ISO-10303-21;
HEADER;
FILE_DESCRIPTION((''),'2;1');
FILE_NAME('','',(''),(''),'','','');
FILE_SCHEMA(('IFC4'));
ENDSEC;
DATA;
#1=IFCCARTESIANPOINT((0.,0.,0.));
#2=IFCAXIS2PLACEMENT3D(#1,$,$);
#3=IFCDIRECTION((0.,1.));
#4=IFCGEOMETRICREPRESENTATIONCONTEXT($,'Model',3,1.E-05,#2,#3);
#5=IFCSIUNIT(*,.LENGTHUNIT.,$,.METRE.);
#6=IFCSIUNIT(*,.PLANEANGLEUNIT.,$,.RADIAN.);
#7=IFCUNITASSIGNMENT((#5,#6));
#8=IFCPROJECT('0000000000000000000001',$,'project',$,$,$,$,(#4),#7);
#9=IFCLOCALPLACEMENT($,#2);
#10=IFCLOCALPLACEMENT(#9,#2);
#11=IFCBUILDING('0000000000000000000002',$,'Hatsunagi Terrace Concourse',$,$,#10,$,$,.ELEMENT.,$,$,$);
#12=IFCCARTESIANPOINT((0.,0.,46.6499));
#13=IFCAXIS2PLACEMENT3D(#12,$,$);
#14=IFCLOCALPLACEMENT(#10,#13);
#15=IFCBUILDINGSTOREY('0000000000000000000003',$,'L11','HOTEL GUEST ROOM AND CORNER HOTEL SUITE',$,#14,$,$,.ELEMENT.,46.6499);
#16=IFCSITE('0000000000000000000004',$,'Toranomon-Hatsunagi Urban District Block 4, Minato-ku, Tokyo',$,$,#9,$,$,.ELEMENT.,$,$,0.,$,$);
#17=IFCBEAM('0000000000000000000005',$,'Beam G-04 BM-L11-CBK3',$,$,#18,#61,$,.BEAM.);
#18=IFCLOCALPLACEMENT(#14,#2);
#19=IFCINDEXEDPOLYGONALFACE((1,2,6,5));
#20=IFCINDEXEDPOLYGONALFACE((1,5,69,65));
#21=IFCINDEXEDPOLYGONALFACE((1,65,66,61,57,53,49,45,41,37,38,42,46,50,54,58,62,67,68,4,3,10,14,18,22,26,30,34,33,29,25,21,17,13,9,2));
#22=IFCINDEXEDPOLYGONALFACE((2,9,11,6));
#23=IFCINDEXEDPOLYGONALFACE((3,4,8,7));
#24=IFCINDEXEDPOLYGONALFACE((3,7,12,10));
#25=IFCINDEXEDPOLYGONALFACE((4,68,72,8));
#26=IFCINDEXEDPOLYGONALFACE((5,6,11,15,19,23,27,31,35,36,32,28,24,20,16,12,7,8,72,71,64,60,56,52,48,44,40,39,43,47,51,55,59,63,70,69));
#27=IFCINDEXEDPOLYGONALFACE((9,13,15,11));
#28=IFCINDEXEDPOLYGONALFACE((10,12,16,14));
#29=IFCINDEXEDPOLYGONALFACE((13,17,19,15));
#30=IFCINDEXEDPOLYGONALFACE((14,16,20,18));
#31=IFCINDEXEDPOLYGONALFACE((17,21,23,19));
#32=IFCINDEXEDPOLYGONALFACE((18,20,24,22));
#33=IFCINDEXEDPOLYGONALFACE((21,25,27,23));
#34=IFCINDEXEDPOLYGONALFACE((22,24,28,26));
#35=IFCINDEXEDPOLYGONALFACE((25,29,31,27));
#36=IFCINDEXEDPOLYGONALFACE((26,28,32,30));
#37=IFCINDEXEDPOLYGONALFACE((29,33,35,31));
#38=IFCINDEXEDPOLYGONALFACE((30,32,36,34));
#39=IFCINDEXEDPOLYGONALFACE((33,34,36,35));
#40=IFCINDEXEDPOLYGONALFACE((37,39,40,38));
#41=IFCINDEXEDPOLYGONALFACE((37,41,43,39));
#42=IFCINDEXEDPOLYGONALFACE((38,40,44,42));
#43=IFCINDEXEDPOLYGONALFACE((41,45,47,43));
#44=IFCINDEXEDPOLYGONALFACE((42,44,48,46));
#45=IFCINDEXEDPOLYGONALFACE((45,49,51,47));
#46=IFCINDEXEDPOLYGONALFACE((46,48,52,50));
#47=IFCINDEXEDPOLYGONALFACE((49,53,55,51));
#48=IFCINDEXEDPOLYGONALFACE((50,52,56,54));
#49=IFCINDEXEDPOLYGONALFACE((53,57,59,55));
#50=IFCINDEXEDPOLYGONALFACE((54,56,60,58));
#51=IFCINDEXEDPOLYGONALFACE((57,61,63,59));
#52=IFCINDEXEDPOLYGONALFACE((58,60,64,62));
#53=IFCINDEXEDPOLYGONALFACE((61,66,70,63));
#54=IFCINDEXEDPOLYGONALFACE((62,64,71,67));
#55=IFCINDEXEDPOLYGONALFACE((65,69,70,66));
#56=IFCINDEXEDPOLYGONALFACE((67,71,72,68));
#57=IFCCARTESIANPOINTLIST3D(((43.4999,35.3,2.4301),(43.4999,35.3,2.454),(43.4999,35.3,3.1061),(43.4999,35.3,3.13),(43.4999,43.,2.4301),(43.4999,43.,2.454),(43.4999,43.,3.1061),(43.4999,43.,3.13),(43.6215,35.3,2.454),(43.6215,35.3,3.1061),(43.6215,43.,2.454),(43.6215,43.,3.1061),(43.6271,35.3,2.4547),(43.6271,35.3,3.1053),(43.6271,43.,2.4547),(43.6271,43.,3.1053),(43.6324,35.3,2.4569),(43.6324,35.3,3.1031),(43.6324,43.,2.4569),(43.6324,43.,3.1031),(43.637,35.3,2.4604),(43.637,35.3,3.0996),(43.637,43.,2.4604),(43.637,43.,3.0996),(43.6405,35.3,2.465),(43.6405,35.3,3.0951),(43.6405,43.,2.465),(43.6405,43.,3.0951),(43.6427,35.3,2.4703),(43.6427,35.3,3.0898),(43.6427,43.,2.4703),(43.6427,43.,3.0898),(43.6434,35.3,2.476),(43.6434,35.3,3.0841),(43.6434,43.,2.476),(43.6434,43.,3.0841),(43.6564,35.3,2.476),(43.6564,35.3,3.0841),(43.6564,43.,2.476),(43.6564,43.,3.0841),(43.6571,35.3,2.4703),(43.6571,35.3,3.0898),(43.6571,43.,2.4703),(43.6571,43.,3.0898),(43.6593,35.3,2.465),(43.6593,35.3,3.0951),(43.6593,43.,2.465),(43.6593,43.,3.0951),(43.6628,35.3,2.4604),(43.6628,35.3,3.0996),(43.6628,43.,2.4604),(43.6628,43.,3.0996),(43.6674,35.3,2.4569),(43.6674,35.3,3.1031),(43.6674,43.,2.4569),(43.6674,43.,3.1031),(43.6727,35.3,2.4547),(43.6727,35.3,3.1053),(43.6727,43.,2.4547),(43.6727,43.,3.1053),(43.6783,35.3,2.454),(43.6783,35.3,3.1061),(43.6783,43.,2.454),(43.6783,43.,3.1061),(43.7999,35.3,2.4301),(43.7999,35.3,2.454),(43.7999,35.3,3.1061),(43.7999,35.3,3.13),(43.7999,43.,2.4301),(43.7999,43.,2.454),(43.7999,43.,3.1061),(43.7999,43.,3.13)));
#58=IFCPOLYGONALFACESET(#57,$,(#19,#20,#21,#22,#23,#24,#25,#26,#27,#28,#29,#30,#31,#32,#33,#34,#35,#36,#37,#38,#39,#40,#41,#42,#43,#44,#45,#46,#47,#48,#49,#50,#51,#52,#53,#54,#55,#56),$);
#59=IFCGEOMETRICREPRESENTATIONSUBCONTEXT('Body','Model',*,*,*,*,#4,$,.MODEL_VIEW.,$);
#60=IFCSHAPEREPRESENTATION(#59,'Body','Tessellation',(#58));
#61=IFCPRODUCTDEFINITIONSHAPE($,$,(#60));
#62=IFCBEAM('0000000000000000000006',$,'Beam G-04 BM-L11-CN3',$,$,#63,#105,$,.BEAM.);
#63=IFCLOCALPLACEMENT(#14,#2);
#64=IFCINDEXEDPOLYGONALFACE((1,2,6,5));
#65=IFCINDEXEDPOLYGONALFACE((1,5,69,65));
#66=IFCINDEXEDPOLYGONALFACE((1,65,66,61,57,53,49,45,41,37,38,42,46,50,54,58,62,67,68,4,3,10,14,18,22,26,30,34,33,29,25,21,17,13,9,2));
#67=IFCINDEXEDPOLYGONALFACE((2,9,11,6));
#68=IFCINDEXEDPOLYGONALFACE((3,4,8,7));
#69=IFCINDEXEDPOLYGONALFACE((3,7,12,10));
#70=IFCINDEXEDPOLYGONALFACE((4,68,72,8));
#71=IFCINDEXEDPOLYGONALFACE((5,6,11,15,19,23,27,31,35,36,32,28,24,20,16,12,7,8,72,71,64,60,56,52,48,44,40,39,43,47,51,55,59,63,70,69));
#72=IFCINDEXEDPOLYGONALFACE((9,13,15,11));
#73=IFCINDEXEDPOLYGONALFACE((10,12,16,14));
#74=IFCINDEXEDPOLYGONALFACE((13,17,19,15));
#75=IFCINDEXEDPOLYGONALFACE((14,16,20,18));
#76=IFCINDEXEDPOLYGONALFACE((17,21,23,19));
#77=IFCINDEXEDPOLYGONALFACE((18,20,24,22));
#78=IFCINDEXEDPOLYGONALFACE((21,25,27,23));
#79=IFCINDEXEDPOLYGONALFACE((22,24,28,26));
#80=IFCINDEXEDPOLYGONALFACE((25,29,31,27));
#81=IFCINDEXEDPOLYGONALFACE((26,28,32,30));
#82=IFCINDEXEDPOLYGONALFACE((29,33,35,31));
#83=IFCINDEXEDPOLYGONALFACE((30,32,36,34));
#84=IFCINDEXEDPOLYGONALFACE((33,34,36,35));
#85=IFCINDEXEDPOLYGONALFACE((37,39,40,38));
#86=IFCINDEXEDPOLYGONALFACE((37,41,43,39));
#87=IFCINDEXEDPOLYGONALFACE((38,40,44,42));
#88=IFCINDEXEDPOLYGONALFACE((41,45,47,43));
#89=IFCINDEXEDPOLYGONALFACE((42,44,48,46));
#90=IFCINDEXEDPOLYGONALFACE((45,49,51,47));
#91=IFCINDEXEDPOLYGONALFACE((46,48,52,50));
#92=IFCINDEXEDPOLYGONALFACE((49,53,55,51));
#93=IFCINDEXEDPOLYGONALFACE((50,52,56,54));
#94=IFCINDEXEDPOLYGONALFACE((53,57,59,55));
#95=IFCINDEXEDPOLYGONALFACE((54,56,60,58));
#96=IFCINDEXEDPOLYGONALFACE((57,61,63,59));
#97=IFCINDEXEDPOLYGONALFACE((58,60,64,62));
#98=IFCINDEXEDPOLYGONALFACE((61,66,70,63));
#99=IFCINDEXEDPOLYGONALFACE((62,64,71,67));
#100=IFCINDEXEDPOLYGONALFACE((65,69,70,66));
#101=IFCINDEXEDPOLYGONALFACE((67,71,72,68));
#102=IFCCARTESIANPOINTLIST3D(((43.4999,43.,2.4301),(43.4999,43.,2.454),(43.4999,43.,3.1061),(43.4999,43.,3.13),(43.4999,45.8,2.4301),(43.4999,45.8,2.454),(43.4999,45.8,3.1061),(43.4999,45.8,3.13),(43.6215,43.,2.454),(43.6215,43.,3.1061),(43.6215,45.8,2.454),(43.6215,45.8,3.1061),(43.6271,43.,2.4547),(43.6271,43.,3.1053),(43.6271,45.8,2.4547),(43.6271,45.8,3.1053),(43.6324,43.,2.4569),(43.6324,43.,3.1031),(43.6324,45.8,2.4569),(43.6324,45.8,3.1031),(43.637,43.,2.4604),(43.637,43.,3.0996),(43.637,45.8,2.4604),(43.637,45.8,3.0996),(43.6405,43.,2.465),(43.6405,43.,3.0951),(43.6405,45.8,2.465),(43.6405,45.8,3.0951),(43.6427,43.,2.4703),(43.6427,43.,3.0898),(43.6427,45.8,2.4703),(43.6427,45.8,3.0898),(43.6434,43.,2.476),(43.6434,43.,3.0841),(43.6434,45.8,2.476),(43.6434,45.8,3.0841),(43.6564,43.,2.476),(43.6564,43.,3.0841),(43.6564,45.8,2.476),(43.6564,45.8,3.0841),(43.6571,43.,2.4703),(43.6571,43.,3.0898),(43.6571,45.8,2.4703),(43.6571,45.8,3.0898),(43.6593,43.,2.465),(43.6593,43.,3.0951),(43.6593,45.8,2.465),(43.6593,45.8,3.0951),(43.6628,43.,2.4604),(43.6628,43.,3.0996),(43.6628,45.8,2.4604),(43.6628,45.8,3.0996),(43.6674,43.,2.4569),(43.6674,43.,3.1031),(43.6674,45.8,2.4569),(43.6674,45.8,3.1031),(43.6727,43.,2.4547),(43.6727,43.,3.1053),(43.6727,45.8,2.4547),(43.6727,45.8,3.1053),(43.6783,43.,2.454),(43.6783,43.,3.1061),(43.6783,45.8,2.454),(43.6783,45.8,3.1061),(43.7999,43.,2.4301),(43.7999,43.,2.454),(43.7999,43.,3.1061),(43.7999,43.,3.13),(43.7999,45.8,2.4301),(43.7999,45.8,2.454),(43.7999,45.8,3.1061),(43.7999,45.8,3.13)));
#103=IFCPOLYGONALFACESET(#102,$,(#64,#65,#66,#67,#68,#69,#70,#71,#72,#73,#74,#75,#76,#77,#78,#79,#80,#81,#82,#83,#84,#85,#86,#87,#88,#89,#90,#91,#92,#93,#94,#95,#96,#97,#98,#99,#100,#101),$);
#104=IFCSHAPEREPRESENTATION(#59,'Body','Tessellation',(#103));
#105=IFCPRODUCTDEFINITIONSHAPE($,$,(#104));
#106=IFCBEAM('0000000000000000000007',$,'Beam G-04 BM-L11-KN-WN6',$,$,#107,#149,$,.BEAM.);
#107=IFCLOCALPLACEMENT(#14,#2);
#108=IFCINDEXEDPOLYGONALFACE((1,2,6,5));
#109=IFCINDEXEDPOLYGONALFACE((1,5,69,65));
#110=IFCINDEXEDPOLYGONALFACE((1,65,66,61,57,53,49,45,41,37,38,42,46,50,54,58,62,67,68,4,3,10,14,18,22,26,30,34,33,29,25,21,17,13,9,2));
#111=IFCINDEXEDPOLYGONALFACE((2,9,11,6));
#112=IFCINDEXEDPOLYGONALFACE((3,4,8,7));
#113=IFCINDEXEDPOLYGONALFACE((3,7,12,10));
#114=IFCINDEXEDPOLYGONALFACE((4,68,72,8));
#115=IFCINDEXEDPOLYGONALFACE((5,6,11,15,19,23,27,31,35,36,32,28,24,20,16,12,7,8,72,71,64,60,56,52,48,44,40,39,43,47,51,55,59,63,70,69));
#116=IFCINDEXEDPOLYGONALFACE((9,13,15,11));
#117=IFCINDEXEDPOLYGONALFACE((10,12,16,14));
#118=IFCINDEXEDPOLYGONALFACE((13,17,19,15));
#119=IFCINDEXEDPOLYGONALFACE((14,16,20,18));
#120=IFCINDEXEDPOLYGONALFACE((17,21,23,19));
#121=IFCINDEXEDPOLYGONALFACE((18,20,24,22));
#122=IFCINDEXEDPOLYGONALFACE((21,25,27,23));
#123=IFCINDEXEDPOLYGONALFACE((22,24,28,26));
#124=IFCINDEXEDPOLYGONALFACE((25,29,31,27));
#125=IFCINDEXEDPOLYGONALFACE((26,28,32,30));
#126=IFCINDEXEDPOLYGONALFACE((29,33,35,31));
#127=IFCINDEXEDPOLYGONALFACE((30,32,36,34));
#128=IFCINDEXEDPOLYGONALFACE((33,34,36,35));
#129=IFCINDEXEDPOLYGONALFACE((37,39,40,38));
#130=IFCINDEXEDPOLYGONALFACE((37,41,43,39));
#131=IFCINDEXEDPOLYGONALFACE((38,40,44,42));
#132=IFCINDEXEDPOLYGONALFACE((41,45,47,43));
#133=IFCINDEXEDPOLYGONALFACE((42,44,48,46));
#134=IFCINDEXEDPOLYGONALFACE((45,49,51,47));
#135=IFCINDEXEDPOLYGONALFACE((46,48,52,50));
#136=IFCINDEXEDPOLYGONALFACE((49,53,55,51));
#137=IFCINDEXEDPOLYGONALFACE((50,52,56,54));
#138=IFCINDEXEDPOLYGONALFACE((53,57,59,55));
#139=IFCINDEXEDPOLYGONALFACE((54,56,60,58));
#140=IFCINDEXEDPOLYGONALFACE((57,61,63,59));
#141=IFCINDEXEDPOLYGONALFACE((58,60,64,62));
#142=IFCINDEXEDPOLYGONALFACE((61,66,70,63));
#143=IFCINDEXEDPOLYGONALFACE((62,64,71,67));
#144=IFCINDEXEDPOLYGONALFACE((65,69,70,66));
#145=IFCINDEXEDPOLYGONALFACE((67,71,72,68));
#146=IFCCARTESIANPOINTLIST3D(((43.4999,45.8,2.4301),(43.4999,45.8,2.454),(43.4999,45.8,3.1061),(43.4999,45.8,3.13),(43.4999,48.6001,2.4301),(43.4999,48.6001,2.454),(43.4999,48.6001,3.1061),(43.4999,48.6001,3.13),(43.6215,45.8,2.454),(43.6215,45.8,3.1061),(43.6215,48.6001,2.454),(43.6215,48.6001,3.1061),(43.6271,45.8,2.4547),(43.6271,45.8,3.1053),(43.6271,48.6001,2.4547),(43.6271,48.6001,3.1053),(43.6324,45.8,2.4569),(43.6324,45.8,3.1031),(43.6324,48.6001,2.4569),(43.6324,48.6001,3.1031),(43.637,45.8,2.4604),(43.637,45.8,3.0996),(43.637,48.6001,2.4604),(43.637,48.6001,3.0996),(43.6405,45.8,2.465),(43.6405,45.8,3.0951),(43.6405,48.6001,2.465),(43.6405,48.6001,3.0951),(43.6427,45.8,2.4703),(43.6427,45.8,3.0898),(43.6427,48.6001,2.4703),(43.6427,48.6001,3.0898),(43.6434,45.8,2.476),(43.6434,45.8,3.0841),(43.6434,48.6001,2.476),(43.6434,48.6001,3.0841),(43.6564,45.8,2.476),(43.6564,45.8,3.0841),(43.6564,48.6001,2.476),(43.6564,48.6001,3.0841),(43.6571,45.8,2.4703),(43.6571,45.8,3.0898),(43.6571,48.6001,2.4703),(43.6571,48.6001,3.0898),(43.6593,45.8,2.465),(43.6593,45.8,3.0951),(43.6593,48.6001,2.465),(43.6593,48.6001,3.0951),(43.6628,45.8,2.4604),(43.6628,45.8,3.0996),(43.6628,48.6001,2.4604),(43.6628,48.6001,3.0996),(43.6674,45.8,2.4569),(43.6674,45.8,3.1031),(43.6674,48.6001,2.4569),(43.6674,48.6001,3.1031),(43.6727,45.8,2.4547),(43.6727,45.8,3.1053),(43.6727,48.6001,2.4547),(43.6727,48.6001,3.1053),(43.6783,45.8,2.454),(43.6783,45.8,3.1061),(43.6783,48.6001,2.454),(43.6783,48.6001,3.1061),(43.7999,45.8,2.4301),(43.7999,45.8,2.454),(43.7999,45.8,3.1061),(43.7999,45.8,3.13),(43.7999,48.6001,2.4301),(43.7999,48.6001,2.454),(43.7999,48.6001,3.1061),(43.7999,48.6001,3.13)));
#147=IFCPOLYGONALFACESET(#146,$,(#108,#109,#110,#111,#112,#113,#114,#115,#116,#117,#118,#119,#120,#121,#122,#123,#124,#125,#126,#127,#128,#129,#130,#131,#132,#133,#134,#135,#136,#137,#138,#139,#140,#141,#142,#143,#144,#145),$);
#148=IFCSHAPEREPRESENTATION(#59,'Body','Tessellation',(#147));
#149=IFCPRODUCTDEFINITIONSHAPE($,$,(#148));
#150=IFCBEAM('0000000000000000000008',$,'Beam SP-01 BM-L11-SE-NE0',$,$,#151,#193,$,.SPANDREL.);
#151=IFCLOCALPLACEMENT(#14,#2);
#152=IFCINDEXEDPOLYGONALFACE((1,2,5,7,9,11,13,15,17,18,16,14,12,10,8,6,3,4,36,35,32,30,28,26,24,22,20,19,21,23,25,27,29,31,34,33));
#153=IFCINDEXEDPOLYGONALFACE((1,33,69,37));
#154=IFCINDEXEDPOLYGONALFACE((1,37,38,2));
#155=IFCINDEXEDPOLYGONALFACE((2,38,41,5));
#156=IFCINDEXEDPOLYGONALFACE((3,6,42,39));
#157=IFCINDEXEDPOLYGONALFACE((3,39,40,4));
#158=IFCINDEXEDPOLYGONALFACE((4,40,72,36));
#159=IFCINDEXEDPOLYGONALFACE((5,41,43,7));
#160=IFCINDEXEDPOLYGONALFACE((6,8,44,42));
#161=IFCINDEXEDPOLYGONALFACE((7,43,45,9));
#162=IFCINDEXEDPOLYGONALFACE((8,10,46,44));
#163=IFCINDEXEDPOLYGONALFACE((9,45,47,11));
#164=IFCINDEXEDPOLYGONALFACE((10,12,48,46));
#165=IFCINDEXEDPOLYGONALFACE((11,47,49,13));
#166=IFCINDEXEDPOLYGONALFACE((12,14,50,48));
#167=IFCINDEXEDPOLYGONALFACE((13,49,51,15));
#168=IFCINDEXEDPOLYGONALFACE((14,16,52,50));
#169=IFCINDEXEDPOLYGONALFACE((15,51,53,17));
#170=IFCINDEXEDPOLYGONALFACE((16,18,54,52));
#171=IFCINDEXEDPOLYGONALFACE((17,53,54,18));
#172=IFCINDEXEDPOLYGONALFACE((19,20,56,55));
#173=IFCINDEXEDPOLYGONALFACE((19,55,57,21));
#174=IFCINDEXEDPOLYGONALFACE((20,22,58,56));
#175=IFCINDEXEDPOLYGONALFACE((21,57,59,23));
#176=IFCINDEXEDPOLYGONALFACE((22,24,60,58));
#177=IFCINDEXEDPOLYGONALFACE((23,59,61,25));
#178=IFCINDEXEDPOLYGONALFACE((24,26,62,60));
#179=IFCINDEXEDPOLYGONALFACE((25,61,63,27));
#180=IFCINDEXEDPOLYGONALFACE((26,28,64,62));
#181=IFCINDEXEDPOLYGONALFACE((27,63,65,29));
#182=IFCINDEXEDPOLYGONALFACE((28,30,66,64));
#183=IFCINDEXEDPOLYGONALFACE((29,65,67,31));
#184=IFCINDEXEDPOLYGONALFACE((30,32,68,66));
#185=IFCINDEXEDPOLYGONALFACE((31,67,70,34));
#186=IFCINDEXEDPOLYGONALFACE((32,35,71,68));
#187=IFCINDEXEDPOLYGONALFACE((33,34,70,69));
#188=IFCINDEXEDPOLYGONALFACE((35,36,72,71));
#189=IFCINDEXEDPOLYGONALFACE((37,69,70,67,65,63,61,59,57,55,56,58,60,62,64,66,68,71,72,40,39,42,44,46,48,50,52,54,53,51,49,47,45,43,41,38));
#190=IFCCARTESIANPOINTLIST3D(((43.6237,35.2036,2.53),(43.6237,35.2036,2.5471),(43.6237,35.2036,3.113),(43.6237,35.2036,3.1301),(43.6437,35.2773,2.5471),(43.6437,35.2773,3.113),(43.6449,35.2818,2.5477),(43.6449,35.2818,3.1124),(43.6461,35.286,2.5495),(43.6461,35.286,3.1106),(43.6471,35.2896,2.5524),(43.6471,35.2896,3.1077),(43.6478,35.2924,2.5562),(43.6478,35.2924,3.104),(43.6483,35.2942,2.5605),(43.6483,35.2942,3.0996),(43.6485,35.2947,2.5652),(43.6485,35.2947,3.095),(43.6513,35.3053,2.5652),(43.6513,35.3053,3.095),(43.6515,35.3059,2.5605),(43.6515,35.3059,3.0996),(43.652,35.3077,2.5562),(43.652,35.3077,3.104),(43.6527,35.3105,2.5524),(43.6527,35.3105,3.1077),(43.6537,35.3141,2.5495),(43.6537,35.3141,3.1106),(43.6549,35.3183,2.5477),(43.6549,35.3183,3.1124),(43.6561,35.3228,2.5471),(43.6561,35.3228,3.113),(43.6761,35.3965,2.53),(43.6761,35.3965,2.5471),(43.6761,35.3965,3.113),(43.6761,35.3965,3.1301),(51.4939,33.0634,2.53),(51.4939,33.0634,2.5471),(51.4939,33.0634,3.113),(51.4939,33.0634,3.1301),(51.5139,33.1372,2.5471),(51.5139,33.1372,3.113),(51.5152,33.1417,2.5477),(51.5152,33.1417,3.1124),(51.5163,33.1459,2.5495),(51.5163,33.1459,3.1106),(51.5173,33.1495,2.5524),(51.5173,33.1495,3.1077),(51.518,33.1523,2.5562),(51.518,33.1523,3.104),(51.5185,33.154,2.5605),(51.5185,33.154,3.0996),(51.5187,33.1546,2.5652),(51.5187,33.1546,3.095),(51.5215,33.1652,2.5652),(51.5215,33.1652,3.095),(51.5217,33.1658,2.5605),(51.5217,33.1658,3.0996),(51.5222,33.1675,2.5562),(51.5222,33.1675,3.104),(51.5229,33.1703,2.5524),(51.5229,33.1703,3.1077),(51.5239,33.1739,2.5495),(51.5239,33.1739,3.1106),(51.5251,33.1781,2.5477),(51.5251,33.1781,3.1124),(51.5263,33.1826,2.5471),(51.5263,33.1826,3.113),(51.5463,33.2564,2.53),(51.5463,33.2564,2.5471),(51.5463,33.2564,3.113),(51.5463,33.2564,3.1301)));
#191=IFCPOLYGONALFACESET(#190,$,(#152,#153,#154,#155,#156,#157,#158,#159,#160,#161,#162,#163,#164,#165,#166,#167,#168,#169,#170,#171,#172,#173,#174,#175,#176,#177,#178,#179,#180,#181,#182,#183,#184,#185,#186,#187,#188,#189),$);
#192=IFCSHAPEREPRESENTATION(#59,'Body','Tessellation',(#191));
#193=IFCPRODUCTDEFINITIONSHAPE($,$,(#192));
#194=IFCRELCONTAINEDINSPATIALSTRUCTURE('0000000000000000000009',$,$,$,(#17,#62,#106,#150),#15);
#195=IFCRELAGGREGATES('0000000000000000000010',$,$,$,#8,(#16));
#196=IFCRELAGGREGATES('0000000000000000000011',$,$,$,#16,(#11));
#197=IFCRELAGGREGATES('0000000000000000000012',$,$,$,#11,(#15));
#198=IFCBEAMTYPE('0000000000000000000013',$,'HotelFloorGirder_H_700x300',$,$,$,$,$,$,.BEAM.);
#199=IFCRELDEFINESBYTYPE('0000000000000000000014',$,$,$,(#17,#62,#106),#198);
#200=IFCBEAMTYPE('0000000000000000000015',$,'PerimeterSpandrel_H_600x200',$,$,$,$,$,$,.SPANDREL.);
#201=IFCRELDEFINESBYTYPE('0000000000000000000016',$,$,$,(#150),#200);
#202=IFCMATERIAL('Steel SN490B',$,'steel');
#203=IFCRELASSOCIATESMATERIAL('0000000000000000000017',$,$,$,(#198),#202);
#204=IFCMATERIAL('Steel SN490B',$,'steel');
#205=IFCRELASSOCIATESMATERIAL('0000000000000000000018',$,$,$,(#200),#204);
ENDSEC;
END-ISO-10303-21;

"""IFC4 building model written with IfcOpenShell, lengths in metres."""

from ifc_helpers import new_model, si_unit, direction, frame, origin, origin_2d, place, context, subcontext, project, spatial, i_section, extrude, material, material_profile, profile_set, type_object, element, save


model = new_model("IFC4")

# Units and contexts
model_context = context("Model", 3, precision=1e-05, world=origin(), true_north=direction((0.0, 1.0)))
body_context = subcontext(model_context, "Body", "Model", "MODEL_VIEW")
ifc_project = project(units=[si_unit("LENGTHUNIT", "METRE"), si_unit("PLANEANGLEUNIT", "RADIAN")], contexts=[model_context])

# Site, building, storey
site_placement = place(None, origin())
site = spatial("IfcSite", under=ifc_project, at=site_placement, Name="Toranomon-Hatsunagi Urban District Block 4, Minato-ku, Tokyo", CompositionType="ELEMENT", RefElevation=0.0)
building_placement = place(site_placement, origin())
building = spatial("IfcBuilding", under=site, at=building_placement, Name="Hatsunagi Terrace Concourse", CompositionType="ELEMENT")
storey_placement = place(building_placement, frame((0.0, 0.0, 46.6499)))
storey = spatial("IfcBuildingStorey", under=building, at=storey_placement, Name="L11", Description="HOTEL GUEST ROOM AND CORNER HOTEL SUITE", CompositionType="ELEMENT", Elevation=46.6499)

# Beams
ifc_material_1 = material(Name="Steel SN490B", Category="steel")
ifc_material_profile_1 = material_profile(ifc_material_1, i_section(OverallWidth=0.3, OverallDepth=0.7, WebThickness=0.0129, FlangeThickness=0.0239, FilletRadius=0.022, at=origin_2d()), Name="H-700x300x13x24")
ifc_profile_set_1 = profile_set([ifc_material_profile_1], Name="Steel SN490B")
beam_type_1 = type_object("IfcBeamType", Name="HotelFloorGirder_H_700x300", PredefinedType="BEAM", material=ifc_profile_set_1)
beam_1_placement = place(storey_placement, frame((43.6499, 35.3, 2.78), z_axis=(0.0, 1.0, 0.0), x_axis=(-1.0, 0.0, 0.0)))
element("IfcBeam", 1, at=beam_1_placement, inside=storey, type_object=beam_type_1, Name="Beam G-04 BM-L11-CBK3", PredefinedType="BEAM", context=body_context, shape_type="SweptSolid", body=[
    extrude(i_section(OverallWidth=0.3, OverallDepth=0.7, WebThickness=0.0129, FlangeThickness=0.0239, FilletRadius=0.022, at=origin_2d()), origin(), (0.0, 0.0, 1.0), 7.7),
])
for number, where, z_axis, x_axis, name in (
    (2, (43.6499, 43.0, 2.78), (0.0, 1.0, 0.0), (-1.0, 0.0, 0.0), "Beam G-04 BM-L11-CN3"),
    (3, (43.6499, 45.8, 2.78), (0.0, 1.0, 0.0), (-1.0, 0.0, 0.0), "Beam G-04 BM-L11-KN-WN6"),
):
    element("IfcBeam", number, at=place(storey_placement, frame(where, z_axis=z_axis, x_axis=x_axis)), inside=storey, type_object=beam_type_1, Name=name, PredefinedType="BEAM", context=body_context, shape_type="SweptSolid", body=[
        extrude(i_section(OverallWidth=0.3, OverallDepth=0.7, WebThickness=0.0129, FlangeThickness=0.0239, FilletRadius=0.022, at=origin_2d()), origin(), (0.0, 0.0, 1.0), 2.8),
    ])
ifc_material_2 = material(Name="Steel SN490B", Category="steel")
ifc_material_profile_2 = material_profile(ifc_material_2, i_section(OverallWidth=0.2, OverallDepth=0.6001, WebThickness=0.011, FlangeThickness=0.0171, FilletRadius=0.0181, at=origin_2d()), Name="H-600x200x11x17")
ifc_profile_set_2 = profile_set([ifc_material_profile_2], Name="Steel SN490B")
beam_type_2 = type_object("IfcBeamType", Name="PerimeterSpandrel_H_600x200", PredefinedType="SPANDREL", material=ifc_profile_set_2)
beam_2_placement = place(storey_placement, frame((43.6499, 35.3, 2.8301), z_axis=(0.964958, -0.262403, 0.0), x_axis=(0.262403, 0.964958, 0.0)))
element("IfcBeam", 4, at=beam_2_placement, inside=storey, type_object=beam_type_2, Name="Beam SP-01 BM-L11-SE-NE0", PredefinedType="SPANDREL", context=body_context, shape_type="SweptSolid", body=[
    extrude(i_section(OverallWidth=0.2, OverallDepth=0.6001, WebThickness=0.011, FlangeThickness=0.0171, FilletRadius=0.0181, at=origin_2d()), origin(), (0.0, 0.0, 1.0), 8.156),
])

save(model, "model.ifc")
